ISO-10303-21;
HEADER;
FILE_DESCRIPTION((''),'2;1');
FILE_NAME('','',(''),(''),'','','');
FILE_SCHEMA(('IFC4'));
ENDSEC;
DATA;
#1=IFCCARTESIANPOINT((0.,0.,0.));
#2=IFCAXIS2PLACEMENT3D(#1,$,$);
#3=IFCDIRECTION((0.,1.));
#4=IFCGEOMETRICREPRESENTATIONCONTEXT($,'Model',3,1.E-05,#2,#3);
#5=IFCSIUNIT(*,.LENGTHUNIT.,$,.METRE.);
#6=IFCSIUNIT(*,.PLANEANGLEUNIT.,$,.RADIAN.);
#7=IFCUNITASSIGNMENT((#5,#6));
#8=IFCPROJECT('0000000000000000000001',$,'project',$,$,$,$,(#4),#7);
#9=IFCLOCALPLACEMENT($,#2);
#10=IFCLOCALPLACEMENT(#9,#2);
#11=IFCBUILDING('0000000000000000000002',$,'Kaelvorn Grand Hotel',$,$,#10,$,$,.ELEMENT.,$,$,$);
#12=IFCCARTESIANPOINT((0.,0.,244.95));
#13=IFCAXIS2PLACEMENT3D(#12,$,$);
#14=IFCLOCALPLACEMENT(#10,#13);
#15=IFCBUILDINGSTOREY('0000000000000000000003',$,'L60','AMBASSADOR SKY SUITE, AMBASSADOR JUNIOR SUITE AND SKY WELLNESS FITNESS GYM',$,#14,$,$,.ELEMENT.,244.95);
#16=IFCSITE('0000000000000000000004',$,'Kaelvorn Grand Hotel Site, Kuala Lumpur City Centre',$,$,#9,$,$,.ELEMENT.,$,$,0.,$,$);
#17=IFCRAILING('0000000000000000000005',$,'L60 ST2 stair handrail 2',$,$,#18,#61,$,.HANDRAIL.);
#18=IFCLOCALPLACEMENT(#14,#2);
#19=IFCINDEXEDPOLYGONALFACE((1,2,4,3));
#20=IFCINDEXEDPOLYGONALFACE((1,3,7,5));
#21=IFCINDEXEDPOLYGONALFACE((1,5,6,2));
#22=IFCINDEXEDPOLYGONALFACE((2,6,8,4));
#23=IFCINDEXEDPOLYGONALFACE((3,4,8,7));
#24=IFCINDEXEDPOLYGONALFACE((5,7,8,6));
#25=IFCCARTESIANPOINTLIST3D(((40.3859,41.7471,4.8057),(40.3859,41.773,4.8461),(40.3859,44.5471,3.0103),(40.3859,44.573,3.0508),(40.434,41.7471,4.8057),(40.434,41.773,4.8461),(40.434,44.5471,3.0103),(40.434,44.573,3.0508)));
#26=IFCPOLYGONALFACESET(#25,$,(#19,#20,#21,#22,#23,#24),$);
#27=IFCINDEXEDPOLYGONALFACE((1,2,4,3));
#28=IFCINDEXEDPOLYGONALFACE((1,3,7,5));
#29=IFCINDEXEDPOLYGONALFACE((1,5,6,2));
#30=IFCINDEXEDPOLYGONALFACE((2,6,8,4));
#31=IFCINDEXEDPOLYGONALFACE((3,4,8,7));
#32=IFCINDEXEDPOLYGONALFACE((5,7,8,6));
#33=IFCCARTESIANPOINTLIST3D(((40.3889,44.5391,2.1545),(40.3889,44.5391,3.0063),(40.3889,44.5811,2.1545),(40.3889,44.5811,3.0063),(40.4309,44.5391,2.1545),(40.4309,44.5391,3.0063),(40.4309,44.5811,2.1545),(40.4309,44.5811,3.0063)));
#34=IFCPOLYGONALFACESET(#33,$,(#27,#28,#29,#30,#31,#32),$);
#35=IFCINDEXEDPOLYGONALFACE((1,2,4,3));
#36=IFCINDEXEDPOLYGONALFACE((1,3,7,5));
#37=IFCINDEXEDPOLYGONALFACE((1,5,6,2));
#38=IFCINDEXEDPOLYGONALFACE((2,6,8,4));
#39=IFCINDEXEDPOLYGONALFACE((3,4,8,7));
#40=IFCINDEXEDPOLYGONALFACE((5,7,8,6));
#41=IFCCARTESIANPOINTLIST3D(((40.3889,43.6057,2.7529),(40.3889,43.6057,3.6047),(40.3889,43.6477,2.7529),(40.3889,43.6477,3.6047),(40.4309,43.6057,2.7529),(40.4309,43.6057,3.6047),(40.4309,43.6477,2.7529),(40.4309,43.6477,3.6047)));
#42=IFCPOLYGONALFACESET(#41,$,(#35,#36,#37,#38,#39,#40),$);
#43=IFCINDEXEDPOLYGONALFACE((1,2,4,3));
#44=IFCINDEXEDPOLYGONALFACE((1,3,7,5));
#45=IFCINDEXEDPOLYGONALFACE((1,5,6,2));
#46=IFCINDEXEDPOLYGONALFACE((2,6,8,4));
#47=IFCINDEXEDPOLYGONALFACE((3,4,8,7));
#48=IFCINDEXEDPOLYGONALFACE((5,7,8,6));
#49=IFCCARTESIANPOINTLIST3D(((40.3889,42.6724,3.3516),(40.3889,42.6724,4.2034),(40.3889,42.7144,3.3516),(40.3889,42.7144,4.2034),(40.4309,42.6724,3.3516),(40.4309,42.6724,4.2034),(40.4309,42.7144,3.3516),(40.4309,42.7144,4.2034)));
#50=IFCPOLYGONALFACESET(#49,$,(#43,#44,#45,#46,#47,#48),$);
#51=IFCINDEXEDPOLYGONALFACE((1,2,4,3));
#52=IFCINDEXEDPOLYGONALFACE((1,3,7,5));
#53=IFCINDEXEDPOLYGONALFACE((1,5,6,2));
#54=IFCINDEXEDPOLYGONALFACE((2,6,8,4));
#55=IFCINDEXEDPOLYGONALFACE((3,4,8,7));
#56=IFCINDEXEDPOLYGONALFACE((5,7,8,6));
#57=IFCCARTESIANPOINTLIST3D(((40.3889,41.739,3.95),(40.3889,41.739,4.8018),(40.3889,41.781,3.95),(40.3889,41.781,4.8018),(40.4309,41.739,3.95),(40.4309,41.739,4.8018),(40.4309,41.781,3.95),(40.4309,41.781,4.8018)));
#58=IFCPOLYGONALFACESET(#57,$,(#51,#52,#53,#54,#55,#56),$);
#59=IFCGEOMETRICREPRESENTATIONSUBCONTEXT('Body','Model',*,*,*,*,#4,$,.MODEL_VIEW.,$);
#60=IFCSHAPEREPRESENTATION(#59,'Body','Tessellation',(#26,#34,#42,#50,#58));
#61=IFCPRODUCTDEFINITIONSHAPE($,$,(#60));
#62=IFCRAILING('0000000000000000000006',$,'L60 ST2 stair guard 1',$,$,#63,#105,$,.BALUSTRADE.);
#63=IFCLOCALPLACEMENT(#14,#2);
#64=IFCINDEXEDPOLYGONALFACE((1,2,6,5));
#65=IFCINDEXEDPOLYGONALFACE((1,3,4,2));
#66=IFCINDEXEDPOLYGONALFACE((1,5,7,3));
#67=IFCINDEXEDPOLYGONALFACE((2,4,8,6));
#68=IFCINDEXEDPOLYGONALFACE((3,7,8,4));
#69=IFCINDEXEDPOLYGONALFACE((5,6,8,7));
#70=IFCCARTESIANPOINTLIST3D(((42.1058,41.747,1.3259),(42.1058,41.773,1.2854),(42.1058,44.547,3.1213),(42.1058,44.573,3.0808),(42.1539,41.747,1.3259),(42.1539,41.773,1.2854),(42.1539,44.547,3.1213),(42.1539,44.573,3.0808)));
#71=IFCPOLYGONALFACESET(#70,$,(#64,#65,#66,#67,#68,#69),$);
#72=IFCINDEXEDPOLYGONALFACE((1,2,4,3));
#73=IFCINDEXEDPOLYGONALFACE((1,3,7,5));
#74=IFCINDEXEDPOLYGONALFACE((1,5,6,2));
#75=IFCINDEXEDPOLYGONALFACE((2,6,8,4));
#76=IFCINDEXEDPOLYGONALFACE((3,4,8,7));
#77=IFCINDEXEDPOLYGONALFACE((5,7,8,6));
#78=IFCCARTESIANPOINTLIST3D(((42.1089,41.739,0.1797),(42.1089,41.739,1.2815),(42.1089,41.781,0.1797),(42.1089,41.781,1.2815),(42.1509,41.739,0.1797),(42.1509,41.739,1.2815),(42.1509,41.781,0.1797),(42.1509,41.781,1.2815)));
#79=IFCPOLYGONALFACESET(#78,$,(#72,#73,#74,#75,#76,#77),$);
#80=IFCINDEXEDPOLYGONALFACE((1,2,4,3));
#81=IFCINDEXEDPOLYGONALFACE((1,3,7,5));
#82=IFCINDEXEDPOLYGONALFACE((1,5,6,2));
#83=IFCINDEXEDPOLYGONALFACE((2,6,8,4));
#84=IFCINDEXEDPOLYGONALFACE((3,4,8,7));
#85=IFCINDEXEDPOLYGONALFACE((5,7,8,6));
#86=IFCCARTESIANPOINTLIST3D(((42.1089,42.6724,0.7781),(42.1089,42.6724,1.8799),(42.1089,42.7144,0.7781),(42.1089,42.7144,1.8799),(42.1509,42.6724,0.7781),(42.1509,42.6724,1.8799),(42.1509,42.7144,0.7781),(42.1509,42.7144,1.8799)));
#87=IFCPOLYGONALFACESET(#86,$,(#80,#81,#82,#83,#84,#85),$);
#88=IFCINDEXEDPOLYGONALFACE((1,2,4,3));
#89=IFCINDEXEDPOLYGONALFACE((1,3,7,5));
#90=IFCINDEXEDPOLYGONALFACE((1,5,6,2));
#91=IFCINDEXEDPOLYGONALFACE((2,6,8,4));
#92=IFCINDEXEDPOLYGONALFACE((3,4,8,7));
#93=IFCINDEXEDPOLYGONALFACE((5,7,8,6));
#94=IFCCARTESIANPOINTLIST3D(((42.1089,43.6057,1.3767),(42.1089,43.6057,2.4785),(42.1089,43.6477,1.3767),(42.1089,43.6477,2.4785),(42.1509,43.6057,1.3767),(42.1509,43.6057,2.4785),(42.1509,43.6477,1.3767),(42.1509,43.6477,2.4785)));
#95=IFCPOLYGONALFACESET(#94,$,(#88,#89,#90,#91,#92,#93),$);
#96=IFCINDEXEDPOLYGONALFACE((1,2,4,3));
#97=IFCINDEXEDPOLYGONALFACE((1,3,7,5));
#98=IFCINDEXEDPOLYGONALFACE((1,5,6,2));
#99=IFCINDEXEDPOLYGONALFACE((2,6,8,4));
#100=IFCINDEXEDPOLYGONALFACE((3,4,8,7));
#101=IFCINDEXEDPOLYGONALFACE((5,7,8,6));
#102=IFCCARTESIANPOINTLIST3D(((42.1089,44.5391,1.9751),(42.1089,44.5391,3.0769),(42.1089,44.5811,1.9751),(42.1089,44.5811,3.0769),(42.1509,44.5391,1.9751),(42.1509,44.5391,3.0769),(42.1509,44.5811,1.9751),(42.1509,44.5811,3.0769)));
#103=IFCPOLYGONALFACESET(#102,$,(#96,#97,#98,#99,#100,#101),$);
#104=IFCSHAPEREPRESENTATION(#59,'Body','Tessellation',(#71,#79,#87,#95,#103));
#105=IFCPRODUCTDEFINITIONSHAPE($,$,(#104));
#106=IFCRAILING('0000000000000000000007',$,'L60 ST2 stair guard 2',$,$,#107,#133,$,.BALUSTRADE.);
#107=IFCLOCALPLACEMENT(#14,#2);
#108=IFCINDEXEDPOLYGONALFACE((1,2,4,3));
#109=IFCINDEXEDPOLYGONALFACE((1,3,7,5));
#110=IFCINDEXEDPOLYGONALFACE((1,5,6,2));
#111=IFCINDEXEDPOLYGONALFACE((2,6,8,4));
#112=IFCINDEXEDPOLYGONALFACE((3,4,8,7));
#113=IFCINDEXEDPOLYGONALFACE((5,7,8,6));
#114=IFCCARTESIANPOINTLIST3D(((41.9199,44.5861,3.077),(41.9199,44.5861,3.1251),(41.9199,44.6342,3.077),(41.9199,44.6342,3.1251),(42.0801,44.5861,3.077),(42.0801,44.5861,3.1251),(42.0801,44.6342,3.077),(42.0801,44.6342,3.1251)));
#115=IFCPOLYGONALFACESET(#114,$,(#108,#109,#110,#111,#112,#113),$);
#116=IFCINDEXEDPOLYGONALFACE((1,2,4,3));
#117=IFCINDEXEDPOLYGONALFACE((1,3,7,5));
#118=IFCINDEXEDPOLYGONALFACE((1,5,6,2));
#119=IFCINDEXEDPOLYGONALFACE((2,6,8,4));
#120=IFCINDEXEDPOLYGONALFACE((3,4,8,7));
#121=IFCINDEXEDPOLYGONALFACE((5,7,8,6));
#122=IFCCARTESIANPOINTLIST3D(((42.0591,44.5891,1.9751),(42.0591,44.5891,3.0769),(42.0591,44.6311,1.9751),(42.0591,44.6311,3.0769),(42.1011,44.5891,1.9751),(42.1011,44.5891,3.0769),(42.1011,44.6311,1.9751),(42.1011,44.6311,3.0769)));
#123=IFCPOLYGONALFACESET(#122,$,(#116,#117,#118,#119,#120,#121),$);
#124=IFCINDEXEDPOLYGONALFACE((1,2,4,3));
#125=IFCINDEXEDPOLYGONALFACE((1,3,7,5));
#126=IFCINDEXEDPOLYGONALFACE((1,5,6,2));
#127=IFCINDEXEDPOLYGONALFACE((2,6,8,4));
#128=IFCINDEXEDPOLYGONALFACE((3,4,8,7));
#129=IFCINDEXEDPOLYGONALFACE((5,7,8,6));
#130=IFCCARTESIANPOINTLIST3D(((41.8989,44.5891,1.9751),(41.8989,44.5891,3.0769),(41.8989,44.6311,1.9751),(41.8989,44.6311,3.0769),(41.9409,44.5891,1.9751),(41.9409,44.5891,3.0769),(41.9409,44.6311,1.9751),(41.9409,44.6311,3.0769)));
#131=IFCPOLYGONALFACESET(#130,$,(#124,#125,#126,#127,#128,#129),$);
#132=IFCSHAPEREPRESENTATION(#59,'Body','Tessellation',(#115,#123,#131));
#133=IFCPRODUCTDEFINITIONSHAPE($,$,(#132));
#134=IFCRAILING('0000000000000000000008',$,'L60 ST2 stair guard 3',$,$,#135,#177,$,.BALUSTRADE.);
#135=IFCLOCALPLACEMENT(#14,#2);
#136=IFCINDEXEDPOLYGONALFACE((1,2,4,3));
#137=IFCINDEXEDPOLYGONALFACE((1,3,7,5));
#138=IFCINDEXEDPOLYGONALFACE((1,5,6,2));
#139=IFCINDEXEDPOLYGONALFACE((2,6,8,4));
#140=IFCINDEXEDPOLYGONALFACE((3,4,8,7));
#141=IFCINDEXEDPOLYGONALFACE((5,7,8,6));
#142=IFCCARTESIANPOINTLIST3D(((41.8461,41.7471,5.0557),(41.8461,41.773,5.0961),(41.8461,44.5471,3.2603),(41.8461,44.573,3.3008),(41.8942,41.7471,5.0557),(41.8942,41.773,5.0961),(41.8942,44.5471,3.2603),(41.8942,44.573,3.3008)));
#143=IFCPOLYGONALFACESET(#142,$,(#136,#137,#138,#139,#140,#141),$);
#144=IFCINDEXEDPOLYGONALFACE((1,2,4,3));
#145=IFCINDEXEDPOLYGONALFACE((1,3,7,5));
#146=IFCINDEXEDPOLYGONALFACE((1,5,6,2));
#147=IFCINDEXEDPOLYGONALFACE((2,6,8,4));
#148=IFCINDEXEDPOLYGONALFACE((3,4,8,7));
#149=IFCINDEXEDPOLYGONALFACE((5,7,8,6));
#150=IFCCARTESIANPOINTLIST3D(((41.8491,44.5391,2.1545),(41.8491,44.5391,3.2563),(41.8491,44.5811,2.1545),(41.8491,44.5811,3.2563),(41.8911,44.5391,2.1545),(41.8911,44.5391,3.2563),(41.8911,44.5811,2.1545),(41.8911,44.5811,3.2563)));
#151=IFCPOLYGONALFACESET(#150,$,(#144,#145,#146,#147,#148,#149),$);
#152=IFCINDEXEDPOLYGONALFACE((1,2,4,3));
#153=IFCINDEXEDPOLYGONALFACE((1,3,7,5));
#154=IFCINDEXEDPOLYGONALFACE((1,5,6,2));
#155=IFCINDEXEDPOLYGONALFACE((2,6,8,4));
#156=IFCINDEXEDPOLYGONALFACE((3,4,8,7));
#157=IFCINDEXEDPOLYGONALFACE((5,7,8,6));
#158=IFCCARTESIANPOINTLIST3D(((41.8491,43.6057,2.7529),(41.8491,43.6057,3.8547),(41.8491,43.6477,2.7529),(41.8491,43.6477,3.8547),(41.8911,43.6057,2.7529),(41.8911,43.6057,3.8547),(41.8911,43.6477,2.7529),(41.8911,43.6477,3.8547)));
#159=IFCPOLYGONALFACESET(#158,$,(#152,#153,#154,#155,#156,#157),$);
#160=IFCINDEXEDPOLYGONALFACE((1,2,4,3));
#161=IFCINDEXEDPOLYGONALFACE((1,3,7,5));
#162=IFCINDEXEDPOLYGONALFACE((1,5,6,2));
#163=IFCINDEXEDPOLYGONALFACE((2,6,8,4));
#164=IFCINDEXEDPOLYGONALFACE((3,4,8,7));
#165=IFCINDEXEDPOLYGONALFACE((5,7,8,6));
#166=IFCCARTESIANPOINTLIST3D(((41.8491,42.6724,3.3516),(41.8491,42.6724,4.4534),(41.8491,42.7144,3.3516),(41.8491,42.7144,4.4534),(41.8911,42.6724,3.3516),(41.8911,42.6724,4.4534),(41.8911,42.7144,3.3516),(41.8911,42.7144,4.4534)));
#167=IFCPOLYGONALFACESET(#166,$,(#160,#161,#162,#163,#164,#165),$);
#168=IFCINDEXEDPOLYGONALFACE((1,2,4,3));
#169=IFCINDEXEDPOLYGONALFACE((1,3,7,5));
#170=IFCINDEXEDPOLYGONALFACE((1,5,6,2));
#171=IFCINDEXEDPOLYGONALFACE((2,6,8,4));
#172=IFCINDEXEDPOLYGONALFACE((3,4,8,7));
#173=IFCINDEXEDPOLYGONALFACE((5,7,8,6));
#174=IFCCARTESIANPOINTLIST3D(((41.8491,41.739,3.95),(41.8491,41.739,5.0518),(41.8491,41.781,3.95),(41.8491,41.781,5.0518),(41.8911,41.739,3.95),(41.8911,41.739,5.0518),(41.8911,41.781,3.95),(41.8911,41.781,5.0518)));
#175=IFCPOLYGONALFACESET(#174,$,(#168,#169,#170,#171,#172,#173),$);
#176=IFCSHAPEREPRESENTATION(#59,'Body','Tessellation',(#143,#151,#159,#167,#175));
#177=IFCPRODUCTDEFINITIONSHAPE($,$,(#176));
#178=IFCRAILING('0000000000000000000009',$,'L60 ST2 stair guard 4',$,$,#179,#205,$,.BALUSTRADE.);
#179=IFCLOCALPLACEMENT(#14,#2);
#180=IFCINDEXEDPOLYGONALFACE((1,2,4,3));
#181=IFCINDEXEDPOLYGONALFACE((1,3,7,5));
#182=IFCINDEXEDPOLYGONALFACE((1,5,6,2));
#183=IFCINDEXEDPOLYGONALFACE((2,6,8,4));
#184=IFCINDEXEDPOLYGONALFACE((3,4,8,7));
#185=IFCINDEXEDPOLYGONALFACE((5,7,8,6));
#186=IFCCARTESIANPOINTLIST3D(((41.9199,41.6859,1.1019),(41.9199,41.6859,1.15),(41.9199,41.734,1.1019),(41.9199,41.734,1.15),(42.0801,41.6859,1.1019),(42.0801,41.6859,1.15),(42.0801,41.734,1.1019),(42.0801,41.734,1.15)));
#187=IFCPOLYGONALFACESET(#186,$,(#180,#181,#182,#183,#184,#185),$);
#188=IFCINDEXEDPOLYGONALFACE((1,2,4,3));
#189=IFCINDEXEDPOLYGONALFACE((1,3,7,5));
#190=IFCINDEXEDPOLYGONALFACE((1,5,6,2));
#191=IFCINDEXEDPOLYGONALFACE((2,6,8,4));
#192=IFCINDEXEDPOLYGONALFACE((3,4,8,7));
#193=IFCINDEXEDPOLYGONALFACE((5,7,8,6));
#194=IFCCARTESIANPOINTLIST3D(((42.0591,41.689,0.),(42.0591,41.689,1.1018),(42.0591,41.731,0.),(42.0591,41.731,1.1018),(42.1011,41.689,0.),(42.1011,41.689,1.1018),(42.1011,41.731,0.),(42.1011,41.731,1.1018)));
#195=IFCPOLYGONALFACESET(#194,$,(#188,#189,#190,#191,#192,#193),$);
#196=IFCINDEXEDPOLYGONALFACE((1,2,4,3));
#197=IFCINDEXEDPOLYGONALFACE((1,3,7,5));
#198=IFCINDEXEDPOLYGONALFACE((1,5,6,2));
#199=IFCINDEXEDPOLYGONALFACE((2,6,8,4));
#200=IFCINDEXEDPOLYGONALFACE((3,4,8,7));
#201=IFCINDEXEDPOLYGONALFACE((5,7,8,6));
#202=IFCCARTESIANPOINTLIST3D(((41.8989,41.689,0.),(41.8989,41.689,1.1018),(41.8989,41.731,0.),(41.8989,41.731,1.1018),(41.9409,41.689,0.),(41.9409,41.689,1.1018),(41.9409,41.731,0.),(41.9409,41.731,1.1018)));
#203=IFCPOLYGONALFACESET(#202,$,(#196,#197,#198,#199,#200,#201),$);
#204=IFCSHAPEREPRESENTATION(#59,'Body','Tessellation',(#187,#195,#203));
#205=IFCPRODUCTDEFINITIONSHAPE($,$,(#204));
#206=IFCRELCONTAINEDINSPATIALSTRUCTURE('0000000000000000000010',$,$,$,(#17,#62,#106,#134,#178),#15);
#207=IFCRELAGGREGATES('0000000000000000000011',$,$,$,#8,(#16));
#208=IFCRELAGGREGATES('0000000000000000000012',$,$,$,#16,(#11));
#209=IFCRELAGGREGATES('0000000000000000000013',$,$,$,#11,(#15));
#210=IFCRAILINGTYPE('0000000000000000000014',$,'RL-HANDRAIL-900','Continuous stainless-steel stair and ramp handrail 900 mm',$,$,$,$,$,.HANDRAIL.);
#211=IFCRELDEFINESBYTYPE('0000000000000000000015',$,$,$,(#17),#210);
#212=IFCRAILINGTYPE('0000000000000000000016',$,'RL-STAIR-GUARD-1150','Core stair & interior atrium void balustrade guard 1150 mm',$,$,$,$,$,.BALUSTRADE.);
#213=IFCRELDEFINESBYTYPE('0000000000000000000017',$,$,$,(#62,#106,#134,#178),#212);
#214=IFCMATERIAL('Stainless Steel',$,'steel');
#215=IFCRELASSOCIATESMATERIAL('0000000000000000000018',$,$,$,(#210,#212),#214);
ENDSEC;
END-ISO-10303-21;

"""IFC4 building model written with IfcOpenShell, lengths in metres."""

from ifc_helpers import new_model, si_unit, direction, frame, origin, origin_2d, place, context, subcontext, project, spatial, rectangle, extrude, material, type_object, element, save


model = new_model("IFC4")

# Units and contexts
model_context = context("Model", 3, precision=1e-05, world=origin(), true_north=direction((0.0, 1.0)))
body_context = subcontext(model_context, "Body", "Model", "MODEL_VIEW")
ifc_project = project(units=[si_unit("LENGTHUNIT", "METRE"), si_unit("PLANEANGLEUNIT", "RADIAN")], contexts=[model_context])

# Site, building, storey
site_placement = place(None, origin())
site = spatial("IfcSite", under=ifc_project, at=site_placement, Name="Kaelvorn Grand Hotel Site, Kuala Lumpur City Centre", CompositionType="ELEMENT", RefElevation=0.0)
building_placement = place(site_placement, origin())
building = spatial("IfcBuilding", under=site, at=building_placement, Name="Kaelvorn Grand Hotel", CompositionType="ELEMENT")
storey_placement = place(building_placement, frame((0.0, 0.0, 244.95)))
storey = spatial("IfcBuildingStorey", under=building, at=storey_placement, Name="L60", Description="AMBASSADOR SKY SUITE, AMBASSADOR JUNIOR SUITE AND SKY WELLNESS FITNESS GYM", CompositionType="ELEMENT", Elevation=244.95)

# Railings
ifc_material_1 = material(Name="Stainless Steel", Category="steel")
railing_type_1 = type_object("IfcRailingType", Name="RL-HANDRAIL-900", Description="Continuous stainless-steel stair and ramp handrail 900 mm", PredefinedType="HANDRAIL", material=ifc_material_1)
railing_1_placement = place(storey_placement, frame((40.4099, 44.5601, 2.1545)))
element("IfcRailing", 1, at=railing_1_placement, inside=storey, type_object=railing_type_1, Name="L60 ST2 stair handrail 2", PredefinedType="HANDRAIL", context=body_context, shape_type="SweptSolid", body=[
    extrude(rectangle(XDim=0.0481, YDim=0.0481, at=origin_2d()), frame((0.0, 0.0, 0.876), z_axis=(0.0, -0.84181, 0.539774), x_axis=(1.0, 0.0, 0.0)), (0.0, 0.0, 1.0), 3.3262),
    extrude(rectangle(XDim=0.042, YDim=0.042, at=origin_2d()), origin(), (0.0, 0.0, 1.0), 0.8518),
    extrude(rectangle(XDim=0.042, YDim=0.042, at=origin_2d()), frame((0.0, -0.9333, 0.5984)), (0.0, 0.0, 1.0), 0.8518),
    extrude(rectangle(XDim=0.042, YDim=0.042, at=origin_2d()), frame((0.0, -1.8667, 1.197)), (0.0, 0.0, 1.0), 0.8518),
    extrude(rectangle(XDim=0.042, YDim=0.042, at=origin_2d()), frame((0.0, -2.8, 1.7954)), (0.0, 0.0, 1.0), 0.8518),
])
railing_type_2 = type_object("IfcRailingType", Name="RL-STAIR-GUARD-1150", Description="Core stair & interior atrium void balustrade guard 1150 mm", PredefinedType="BALUSTRADE", material=ifc_material_1)
railing_2_placement = place(storey_placement, frame((42.1299, 41.76, 0.1797)))
element("IfcRailing", 2, at=railing_2_placement, inside=storey, type_object=railing_type_2, Name="L60 ST2 stair guard 1", PredefinedType="BALUSTRADE", context=body_context, shape_type="SweptSolid", body=[
    extrude(rectangle(XDim=0.0481, YDim=0.0481, at=origin_2d()), frame((0.0, 0.0, 1.126), z_axis=(0.0, 0.84181, 0.539774), x_axis=(-1.0, 0.0, 0.0)), (0.0, 0.0, 1.0), 3.3262),
    extrude(rectangle(XDim=0.042, YDim=0.042, at=origin_2d()), origin(), (0.0, 0.0, 1.0), 1.1018),
    extrude(rectangle(XDim=0.042, YDim=0.042, at=origin_2d()), frame((0.0, 0.9333, 0.5984)), (0.0, 0.0, 1.0), 1.1018),
    extrude(rectangle(XDim=0.042, YDim=0.042, at=origin_2d()), frame((0.0, 1.8667, 1.197)), (0.0, 0.0, 1.0), 1.1018),
    extrude(rectangle(XDim=0.042, YDim=0.042, at=origin_2d()), frame((0.0, 2.8, 1.7954)), (0.0, 0.0, 1.0), 1.1018),
])
railing_3_placement = place(storey_placement, frame((42.0801, 44.6101, 1.9751)))
element("IfcRailing", 3, at=railing_3_placement, inside=storey, type_object=railing_type_2, Name="L60 ST2 stair guard 2", PredefinedType="BALUSTRADE", context=body_context, shape_type="SweptSolid", body=[
    extrude(rectangle(XDim=0.0481, YDim=0.0481, at=origin_2d()), frame((0.0, 0.0, 1.126), z_axis=(-1.0, 0.0, 0.0), x_axis=(0.0, -1.0, 0.0)), (0.0, 0.0, 1.0), 0.1602),
    extrude(rectangle(XDim=0.042, YDim=0.042, at=origin_2d()), origin(), (0.0, 0.0, 1.0), 1.1018),
    extrude(rectangle(XDim=0.042, YDim=0.042, at=origin_2d()), frame((-0.1602, 0.0, 0.0)), (0.0, 0.0, 1.0), 1.1018),
])
railing_4_placement = place(storey_placement, frame((41.8701, 44.5601, 2.1545)))
element("IfcRailing", 4, at=railing_4_placement, inside=storey, type_object=railing_type_2, Name="L60 ST2 stair guard 3", PredefinedType="BALUSTRADE", context=body_context, shape_type="SweptSolid", body=[
    extrude(rectangle(XDim=0.0481, YDim=0.0481, at=origin_2d()), frame((0.0, 0.0, 1.126), z_axis=(0.0, -0.84181, 0.539774), x_axis=(1.0, 0.0, 0.0)), (0.0, 0.0, 1.0), 3.3262),
    extrude(rectangle(XDim=0.042, YDim=0.042, at=origin_2d()), origin(), (0.0, 0.0, 1.0), 1.1018),
    extrude(rectangle(XDim=0.042, YDim=0.042, at=origin_2d()), frame((0.0, -0.9333, 0.5984)), (0.0, 0.0, 1.0), 1.1018),
    extrude(rectangle(XDim=0.042, YDim=0.042, at=origin_2d()), frame((0.0, -1.8667, 1.197)), (0.0, 0.0, 1.0), 1.1018),
    extrude(rectangle(XDim=0.042, YDim=0.042, at=origin_2d()), frame((0.0, -2.8, 1.7954)), (0.0, 0.0, 1.0), 1.1018),
])
railing_5_placement = place(storey_placement, frame((42.0801, 41.71, 0.0)))
element("IfcRailing", 5, at=railing_5_placement, inside=storey, type_object=railing_type_2, Name="L60 ST2 stair guard 4", PredefinedType="BALUSTRADE", context=body_context, shape_type="SweptSolid", body=[
    extrude(rectangle(XDim=0.0481, YDim=0.0481, at=origin_2d()), frame((0.0, 0.0, 1.126), z_axis=(-1.0, 0.0, 0.0), x_axis=(0.0, -1.0, 0.0)), (0.0, 0.0, 1.0), 0.1602),
    extrude(rectangle(XDim=0.042, YDim=0.042, at=origin_2d()), origin(), (0.0, 0.0, 1.0), 1.1018),
    extrude(rectangle(XDim=0.042, YDim=0.042, at=origin_2d()), frame((-0.1602, 0.0, 0.0)), (0.0, 0.0, 1.0), 1.1018),
])

save(model, "model.ifc")
